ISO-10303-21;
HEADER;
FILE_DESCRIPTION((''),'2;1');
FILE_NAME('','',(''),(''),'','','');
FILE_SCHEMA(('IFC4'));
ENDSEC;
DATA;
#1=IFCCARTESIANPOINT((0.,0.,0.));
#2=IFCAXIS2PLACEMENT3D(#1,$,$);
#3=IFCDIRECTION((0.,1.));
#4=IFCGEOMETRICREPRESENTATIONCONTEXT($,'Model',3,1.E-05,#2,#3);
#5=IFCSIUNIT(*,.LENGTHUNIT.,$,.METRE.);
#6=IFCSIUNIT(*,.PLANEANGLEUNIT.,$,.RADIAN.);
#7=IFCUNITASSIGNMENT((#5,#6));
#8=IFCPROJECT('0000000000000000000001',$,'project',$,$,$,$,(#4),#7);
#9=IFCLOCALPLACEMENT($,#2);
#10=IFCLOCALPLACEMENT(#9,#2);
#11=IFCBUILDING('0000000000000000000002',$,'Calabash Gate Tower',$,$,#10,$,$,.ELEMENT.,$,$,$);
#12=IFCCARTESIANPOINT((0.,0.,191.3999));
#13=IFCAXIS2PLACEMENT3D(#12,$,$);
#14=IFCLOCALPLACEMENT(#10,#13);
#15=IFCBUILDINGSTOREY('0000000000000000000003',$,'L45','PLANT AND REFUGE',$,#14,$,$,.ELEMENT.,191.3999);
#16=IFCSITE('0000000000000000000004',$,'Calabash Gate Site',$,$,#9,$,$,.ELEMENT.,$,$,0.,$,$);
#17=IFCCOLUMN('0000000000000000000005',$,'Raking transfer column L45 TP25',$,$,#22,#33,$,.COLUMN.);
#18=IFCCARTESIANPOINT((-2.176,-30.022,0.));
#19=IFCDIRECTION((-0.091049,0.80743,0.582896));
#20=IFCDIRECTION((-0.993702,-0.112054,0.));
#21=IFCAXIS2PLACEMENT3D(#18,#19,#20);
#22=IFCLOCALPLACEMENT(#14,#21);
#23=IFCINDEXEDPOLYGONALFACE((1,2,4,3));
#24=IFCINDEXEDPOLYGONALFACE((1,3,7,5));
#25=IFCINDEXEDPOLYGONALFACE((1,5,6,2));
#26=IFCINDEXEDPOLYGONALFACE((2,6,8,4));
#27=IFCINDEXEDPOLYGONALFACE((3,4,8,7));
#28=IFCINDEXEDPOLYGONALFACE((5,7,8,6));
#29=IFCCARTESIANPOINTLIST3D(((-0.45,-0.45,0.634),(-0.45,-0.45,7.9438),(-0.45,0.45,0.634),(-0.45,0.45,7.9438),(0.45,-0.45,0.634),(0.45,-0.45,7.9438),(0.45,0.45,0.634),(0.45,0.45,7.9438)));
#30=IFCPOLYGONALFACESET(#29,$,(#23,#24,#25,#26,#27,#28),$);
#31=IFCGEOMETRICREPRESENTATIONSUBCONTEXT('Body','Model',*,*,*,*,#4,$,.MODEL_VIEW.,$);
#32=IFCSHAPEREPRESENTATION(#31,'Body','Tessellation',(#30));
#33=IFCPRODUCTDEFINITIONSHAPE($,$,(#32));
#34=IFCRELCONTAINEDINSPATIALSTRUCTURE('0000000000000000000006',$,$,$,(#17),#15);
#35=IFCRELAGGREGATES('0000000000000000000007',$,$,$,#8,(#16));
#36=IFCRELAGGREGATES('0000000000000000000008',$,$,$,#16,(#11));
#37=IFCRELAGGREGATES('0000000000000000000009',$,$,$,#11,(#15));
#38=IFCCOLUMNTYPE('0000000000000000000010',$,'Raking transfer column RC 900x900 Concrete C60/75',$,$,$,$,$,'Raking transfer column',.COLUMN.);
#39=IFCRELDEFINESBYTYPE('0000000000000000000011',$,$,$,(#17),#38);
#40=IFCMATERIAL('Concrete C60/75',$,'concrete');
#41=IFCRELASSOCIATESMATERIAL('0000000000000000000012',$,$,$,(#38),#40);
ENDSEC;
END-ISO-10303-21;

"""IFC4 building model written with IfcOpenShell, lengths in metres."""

from ifc_helpers import new_model, si_unit, direction, frame, origin, origin_2d, place, context, subcontext, project, spatial, rectangle, extrude, clip, halfspace, material, material_profile, profile_set, type_object, element, save


model = new_model("IFC4")

# Units and contexts
model_context = context("Model", 3, precision=1e-05, world=origin(), true_north=direction((0.0, 1.0)))
body_context = subcontext(model_context, "Body", "Model", "MODEL_VIEW")
ifc_project = project(units=[si_unit("LENGTHUNIT", "METRE"), si_unit("PLANEANGLEUNIT", "RADIAN")], contexts=[model_context])

# Site, building, storey
site_placement = place(None, origin())
site = spatial("IfcSite", under=ifc_project, at=site_placement, Name="Calabash Gate Site", CompositionType="ELEMENT", RefElevation=0.0)
building_placement = place(site_placement, origin())
building = spatial("IfcBuilding", under=site, at=building_placement, Name="Calabash Gate Tower", CompositionType="ELEMENT")
storey_placement = place(building_placement, frame((0.0, 0.0, 191.3999)))
storey = spatial("IfcBuildingStorey", under=building, at=storey_placement, Name="L45", Description="PLANT AND REFUGE", CompositionType="ELEMENT", Elevation=191.3999)

# Column
ifc_material_1 = material(Name="Concrete C60/75", Category="concrete")
ifc_material_profile_1 = material_profile(ifc_material_1, rectangle(XDim=0.8999, YDim=0.8999, at=origin_2d()))
ifc_profile_set_1 = profile_set([ifc_material_profile_1], Name="Concrete C60/75")
column_type_1 = type_object("IfcColumnType", Name="Raking transfer column RC 900x900 Concrete C60/75", ElementType="Raking transfer column", PredefinedType="COLUMN", material=ifc_profile_set_1)
column_1_placement = place(storey_placement, frame((-2.176, -30.022, 0.0), z_axis=(-0.091049, 0.80743, 0.582896), x_axis=(-0.993702, -0.112054, 0.0)))
element("IfcColumn", 1, at=column_1_placement, inside=storey, type_object=column_type_1, Name="Raking transfer column L45 TP25", PredefinedType="COLUMN", context=body_context, shape_type="Clipping", body=[
    clip(clip(extrude(rectangle(XDim=0.8999, YDim=0.8999, at=origin_2d()), origin(), (0.0, 0.0, 1.0), 8.5779), halfspace(frame((0.0, 0.0, 0.634), z_axis=(0.0, 0.0, 1.0), x_axis=(1.0, 0.0, 0.0)), True)), halfspace(frame((0.0, 0.0, 7.9438), z_axis=(0.0, 0.0, 1.0), x_axis=(1.0, 0.0, 0.0)), False)),
])

save(model, "model.ifc")
